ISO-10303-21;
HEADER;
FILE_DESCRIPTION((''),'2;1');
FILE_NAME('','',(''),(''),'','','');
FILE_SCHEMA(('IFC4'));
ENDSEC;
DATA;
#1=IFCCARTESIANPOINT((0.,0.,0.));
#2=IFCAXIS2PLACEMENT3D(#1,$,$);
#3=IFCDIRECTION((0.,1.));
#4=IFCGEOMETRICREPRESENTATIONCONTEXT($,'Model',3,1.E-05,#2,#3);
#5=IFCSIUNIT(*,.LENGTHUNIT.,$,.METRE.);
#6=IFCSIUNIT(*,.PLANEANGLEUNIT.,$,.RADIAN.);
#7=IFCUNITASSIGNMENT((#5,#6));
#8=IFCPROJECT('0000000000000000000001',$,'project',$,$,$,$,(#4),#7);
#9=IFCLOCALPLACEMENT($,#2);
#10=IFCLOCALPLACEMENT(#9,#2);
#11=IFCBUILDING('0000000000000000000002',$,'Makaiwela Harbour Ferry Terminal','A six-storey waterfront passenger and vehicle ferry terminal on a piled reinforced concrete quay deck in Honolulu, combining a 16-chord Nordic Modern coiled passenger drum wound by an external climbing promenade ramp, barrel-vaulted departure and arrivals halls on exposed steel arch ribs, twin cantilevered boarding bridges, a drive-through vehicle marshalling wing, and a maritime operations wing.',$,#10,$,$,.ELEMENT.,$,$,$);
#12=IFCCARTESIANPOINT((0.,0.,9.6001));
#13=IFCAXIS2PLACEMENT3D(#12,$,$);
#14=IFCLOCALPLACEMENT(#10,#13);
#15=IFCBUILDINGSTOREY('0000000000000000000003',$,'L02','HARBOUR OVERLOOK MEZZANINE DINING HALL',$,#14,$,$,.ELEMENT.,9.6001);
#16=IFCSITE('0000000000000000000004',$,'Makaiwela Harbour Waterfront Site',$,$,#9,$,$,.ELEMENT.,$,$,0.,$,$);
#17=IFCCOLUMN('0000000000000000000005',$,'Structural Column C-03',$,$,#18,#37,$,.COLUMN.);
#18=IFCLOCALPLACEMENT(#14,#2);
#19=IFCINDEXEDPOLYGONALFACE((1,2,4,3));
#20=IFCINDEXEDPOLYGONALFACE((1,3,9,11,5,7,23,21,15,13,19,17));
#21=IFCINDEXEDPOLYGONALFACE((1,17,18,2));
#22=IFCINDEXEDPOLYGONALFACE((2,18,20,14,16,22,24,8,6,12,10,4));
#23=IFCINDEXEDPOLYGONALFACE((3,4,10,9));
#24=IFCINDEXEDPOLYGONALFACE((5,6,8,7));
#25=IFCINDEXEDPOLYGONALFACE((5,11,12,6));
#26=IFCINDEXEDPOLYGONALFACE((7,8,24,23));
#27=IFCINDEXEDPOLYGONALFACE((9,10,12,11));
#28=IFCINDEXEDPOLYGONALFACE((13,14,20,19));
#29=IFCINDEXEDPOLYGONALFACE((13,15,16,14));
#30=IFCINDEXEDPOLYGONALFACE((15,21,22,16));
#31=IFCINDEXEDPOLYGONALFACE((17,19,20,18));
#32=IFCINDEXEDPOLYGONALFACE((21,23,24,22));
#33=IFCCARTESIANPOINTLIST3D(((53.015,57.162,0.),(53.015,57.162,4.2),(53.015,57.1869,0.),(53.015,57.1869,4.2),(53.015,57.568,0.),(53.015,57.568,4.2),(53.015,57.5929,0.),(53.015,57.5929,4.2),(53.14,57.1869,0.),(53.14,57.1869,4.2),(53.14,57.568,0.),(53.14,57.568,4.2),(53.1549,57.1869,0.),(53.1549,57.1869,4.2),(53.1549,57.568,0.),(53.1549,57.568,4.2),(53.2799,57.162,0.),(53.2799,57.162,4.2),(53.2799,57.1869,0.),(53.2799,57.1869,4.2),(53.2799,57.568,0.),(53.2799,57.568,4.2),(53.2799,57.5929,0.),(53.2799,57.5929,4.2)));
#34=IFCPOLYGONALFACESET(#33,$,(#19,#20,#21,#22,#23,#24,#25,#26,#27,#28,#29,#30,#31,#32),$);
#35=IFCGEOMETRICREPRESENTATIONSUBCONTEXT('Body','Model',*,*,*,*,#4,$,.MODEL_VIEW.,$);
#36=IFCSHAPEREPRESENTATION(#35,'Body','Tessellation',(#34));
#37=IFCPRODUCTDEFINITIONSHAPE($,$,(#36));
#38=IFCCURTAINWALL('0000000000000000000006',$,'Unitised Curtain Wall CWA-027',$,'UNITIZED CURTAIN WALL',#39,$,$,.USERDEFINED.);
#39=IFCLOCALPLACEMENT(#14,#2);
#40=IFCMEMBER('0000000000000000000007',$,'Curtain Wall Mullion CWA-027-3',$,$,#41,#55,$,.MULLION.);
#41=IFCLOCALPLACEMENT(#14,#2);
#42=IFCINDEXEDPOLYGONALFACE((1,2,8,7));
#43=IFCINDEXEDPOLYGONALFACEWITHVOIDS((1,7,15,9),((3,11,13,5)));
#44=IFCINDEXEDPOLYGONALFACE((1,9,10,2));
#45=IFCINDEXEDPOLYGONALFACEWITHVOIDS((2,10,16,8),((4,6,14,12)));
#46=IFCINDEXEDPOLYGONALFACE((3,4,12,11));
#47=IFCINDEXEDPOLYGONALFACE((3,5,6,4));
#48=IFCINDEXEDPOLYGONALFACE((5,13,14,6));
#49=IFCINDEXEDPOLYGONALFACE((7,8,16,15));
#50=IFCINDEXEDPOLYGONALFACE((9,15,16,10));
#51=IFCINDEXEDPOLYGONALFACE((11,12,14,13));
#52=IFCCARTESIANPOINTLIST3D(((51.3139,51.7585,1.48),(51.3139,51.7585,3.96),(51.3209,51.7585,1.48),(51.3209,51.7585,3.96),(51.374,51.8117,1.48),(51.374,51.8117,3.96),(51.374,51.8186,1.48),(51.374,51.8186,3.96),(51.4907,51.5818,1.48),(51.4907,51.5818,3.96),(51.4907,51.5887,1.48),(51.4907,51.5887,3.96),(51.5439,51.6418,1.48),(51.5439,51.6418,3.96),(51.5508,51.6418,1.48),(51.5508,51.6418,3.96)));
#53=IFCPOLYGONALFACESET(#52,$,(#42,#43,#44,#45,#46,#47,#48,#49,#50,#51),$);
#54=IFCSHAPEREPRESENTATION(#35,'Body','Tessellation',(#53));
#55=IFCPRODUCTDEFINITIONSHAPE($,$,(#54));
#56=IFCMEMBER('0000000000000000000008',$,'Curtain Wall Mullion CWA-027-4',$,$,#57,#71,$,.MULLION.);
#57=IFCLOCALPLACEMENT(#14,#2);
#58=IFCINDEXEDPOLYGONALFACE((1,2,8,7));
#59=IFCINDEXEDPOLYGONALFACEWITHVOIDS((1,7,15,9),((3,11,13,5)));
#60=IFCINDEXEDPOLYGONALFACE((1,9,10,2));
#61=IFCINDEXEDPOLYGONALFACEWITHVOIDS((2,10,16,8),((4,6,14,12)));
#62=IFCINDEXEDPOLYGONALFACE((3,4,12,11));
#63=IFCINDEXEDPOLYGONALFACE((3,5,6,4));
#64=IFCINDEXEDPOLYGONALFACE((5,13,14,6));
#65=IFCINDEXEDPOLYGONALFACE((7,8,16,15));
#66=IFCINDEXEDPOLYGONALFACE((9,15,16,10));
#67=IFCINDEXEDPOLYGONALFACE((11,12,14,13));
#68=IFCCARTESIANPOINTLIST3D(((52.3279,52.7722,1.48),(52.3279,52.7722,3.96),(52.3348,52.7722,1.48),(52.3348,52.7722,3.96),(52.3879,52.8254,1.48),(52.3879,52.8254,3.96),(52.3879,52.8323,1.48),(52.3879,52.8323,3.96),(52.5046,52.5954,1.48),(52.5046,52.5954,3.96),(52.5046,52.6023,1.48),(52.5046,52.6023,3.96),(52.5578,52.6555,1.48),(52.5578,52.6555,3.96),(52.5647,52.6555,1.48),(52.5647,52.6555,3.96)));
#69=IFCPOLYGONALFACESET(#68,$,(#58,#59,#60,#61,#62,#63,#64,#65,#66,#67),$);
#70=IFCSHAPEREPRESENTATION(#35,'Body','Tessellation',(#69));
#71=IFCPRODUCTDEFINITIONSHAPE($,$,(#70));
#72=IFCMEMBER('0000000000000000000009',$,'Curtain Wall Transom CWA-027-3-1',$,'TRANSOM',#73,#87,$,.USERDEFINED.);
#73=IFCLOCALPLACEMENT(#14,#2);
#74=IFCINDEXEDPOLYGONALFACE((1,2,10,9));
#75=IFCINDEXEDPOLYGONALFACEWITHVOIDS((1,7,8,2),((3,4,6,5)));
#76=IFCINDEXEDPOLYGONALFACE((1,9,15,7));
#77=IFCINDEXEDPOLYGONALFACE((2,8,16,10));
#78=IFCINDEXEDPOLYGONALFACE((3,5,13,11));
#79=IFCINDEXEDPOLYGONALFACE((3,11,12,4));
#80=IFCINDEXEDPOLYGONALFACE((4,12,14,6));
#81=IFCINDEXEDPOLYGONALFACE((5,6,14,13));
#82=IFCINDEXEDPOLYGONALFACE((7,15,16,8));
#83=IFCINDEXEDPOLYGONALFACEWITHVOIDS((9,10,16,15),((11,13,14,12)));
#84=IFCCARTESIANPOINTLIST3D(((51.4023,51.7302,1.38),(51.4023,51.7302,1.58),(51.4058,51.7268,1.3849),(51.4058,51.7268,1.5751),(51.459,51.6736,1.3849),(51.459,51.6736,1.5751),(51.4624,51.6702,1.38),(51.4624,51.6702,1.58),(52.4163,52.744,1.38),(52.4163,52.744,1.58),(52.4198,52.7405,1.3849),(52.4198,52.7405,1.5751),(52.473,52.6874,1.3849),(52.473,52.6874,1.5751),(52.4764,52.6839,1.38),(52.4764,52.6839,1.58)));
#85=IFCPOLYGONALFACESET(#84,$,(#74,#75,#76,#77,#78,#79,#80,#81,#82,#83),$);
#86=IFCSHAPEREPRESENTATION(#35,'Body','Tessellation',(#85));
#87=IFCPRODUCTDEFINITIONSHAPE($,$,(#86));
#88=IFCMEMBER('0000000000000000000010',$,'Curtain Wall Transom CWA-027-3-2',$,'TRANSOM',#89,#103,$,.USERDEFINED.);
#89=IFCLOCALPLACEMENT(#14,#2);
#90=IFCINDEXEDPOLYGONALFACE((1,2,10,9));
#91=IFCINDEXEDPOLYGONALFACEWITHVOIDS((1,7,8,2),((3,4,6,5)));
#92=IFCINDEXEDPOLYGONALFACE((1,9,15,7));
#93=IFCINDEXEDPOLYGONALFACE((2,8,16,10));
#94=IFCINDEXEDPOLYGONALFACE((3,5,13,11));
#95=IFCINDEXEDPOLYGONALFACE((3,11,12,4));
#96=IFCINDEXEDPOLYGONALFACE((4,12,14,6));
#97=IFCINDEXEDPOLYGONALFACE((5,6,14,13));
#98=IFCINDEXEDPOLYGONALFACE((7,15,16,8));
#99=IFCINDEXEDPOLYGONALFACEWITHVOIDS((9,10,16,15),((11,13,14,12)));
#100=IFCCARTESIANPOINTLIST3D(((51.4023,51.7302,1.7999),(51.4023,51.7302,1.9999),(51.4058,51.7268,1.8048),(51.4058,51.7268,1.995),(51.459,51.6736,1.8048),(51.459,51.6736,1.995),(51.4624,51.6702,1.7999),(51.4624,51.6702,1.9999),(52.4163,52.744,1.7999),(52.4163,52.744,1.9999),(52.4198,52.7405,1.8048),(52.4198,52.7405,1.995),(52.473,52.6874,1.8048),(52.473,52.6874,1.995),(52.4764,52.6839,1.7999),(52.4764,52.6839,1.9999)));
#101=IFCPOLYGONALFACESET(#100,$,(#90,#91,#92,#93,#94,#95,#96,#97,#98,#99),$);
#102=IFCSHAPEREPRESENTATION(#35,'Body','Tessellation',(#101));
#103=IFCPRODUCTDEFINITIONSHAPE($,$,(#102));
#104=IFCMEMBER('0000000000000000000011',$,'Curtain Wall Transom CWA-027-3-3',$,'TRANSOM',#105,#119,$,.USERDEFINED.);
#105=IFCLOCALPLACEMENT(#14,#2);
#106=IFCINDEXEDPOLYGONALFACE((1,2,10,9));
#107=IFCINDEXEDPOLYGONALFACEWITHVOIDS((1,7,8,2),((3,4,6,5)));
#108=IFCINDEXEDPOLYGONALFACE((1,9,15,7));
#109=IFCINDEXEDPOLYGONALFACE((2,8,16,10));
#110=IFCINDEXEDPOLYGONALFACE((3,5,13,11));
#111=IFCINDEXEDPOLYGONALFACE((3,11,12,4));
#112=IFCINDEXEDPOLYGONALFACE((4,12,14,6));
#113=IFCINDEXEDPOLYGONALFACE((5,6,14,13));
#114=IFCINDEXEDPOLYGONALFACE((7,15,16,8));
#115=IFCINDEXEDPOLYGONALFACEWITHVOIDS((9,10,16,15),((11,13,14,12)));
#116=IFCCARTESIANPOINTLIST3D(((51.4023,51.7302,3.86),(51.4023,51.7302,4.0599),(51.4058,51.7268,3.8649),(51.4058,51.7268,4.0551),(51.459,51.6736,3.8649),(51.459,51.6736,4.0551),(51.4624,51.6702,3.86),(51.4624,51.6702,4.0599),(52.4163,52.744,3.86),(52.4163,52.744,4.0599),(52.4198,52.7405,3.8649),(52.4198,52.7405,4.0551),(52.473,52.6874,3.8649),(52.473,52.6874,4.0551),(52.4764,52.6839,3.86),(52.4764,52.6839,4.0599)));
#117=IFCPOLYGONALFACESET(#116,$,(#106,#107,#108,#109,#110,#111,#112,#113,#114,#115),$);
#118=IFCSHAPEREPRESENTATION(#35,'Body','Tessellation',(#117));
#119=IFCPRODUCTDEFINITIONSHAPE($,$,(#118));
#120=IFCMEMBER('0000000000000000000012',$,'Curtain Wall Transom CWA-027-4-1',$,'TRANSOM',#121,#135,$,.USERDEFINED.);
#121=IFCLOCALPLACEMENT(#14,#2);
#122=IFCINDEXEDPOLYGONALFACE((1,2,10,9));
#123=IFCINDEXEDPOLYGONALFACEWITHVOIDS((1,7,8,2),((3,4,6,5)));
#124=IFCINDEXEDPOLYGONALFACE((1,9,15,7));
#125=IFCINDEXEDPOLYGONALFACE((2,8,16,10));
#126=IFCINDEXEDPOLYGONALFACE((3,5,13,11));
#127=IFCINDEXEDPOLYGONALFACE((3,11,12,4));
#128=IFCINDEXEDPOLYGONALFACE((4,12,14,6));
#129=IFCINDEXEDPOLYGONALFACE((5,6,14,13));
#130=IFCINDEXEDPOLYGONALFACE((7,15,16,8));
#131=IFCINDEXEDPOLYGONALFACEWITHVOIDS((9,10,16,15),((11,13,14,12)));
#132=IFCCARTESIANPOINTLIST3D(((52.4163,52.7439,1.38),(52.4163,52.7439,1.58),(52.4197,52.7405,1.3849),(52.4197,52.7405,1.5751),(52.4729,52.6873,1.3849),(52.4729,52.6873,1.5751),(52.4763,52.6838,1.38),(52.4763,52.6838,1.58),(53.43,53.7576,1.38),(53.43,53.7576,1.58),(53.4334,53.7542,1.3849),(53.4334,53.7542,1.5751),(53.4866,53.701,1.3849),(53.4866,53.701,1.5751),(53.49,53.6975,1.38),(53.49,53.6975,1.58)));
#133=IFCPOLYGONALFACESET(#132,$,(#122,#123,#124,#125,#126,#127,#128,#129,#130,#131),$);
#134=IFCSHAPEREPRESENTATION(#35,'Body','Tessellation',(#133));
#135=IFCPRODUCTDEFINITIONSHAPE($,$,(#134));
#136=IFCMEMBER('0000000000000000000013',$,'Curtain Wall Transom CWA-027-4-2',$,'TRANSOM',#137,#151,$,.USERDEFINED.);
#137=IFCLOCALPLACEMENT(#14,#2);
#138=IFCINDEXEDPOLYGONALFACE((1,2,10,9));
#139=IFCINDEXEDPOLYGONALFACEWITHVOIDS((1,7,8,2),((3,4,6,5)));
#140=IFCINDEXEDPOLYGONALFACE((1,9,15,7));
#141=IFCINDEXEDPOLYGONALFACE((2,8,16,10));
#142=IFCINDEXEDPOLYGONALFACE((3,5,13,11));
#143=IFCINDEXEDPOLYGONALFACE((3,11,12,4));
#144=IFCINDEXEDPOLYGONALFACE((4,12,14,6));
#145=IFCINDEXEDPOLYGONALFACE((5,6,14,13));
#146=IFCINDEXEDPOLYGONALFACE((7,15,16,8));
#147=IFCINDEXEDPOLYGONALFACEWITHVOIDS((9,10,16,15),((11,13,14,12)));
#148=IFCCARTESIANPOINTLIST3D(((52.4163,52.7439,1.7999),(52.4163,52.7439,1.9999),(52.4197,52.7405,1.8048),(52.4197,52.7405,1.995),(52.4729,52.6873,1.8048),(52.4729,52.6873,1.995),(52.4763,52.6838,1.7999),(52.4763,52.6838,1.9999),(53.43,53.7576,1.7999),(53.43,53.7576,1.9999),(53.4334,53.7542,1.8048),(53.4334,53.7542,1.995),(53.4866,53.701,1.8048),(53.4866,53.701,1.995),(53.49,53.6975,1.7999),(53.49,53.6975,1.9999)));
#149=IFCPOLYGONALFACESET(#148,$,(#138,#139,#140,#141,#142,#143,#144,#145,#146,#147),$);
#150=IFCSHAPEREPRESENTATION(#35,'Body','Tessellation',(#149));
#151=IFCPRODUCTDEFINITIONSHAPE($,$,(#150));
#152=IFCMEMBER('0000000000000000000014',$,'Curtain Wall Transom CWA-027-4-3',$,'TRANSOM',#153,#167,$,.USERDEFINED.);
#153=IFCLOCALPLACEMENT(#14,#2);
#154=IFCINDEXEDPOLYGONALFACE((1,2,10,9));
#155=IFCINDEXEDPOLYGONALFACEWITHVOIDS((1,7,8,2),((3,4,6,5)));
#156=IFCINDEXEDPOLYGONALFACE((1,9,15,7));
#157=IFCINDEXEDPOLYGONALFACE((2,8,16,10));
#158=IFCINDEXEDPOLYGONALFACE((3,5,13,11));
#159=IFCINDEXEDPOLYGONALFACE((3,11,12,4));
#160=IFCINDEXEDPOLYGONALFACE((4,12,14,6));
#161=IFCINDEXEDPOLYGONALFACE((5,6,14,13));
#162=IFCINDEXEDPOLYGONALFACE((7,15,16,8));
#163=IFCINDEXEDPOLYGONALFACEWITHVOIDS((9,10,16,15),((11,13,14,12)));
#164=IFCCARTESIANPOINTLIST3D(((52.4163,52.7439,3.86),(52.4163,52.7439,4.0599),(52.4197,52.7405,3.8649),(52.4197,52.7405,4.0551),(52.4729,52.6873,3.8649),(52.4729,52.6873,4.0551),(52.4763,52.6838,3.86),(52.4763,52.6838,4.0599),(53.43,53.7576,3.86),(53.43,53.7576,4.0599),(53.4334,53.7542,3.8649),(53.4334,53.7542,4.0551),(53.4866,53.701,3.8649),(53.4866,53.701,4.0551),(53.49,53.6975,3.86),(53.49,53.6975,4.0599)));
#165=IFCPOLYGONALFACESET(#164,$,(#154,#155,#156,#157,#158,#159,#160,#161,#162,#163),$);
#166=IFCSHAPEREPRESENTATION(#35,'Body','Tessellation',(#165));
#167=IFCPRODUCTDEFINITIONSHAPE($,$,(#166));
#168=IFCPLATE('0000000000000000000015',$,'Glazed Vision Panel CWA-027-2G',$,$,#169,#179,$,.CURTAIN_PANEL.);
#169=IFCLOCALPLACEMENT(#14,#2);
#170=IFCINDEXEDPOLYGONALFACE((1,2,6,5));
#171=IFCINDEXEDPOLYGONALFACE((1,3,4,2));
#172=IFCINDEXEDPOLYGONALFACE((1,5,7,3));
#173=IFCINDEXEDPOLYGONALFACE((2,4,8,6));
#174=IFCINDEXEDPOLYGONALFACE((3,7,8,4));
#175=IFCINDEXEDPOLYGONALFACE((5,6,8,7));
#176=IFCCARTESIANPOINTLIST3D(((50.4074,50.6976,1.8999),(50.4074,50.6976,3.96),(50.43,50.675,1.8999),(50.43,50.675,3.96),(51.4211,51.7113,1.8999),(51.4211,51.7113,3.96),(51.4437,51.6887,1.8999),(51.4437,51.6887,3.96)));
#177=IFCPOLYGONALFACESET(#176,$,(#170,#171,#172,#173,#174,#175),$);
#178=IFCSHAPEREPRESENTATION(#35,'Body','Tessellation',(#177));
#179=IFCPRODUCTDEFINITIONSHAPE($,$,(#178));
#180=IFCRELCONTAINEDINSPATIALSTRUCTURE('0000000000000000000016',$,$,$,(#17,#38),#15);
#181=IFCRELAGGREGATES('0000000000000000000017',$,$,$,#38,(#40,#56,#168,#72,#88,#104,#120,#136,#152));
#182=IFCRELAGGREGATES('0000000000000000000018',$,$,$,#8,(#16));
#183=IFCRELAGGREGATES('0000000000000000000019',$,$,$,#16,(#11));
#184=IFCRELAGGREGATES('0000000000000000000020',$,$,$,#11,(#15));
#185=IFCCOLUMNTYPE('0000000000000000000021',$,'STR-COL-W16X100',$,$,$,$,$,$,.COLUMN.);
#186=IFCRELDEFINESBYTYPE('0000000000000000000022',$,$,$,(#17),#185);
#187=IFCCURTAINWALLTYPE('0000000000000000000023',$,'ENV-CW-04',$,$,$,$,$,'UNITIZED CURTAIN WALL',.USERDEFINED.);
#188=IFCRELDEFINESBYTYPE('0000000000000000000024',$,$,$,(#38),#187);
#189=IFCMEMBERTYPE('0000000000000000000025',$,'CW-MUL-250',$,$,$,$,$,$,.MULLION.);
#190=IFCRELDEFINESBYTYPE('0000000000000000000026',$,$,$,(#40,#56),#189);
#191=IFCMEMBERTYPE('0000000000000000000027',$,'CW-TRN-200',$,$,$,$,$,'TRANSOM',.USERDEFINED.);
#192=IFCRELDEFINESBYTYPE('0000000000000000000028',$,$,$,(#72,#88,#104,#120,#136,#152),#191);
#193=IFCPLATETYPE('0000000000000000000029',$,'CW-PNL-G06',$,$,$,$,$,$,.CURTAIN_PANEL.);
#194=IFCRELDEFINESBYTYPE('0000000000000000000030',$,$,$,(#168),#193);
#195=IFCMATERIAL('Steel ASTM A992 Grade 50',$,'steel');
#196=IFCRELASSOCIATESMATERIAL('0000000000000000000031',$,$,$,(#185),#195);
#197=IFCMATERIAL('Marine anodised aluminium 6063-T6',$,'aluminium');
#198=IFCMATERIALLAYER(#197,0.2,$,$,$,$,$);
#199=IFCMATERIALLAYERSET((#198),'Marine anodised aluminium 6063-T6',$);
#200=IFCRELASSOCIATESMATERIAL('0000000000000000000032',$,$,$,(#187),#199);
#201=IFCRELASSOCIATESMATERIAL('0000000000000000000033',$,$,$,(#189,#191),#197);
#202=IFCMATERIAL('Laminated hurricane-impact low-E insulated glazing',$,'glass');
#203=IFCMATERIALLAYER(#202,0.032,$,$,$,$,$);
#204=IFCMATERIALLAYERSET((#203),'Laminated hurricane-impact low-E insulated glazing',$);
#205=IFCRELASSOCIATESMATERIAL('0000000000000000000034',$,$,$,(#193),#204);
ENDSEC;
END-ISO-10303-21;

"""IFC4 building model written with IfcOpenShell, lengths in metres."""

from ifc_helpers import new_model, si_unit, direction, frame, origin, origin_2d, place, context, subcontext, project, spatial, rectangle, hollow_rectangle, i_section, extrude, material, layer, layer_set, material_profile, profile_set, type_object, element, aggregate, save


model = new_model("IFC4")

# Units and contexts
model_context = context("Model", 3, precision=1e-05, world=origin(), true_north=direction((0.0, 1.0)))
body_context = subcontext(model_context, "Body", "Model", "MODEL_VIEW")
ifc_project = project(units=[si_unit("LENGTHUNIT", "METRE"), si_unit("PLANEANGLEUNIT", "RADIAN")], contexts=[model_context])

# Site, building, storey
site_placement = place(None, origin())
site = spatial("IfcSite", under=ifc_project, at=site_placement, Name="Makaiwela Harbour Waterfront Site", CompositionType="ELEMENT", RefElevation=0.0)
building_placement = place(site_placement, origin())
building = spatial("IfcBuilding", under=site, at=building_placement, Name="Makaiwela Harbour Ferry Terminal", Description="A six-storey waterfront passenger and vehicle ferry terminal on a piled reinforced concrete quay deck in Honolulu, combining a 16-chord Nordic Modern coiled passenger drum wound by an external climbing promenade ramp, barrel-vaulted departure and arrivals halls on exposed steel arch ribs, twin cantilevered boarding bridges, a drive-through vehicle marshalling wing, and a maritime operations wing.", CompositionType="ELEMENT")
storey_placement = place(building_placement, frame((0.0, 0.0, 9.6001)))
storey = spatial("IfcBuildingStorey", under=building, at=storey_placement, Name="L02", Description="HARBOUR OVERLOOK MEZZANINE DINING HALL", CompositionType="ELEMENT", Elevation=9.6001)

# Column
ifc_material_1 = material(Name="Steel ASTM A992 Grade 50", Category="steel")
ifc_material_profile_1 = material_profile(ifc_material_1, i_section(OverallWidth=0.2649, OverallDepth=0.4309, WebThickness=0.0149, FlangeThickness=0.0249, at=origin_2d()), Name="W16X100")
ifc_profile_set_1 = profile_set([ifc_material_profile_1], Name="Steel ASTM A992 Grade 50")
column_type = type_object("IfcColumnType", Name="STR-COL-W16X100", PredefinedType="COLUMN", material=ifc_profile_set_1)
column_placement = place(storey_placement, frame((53.1475, 57.3774, 0.0), z_axis=(0.0, 0.0, 1.0), x_axis=(1.0, 0.0, 0.0)))
element("IfcColumn", 1, at=column_placement, inside=storey, type_object=column_type, Name="Structural Column C-03", PredefinedType="COLUMN", context=body_context, shape_type="SweptSolid", body=[
    extrude(i_section(OverallWidth=0.2649, OverallDepth=0.4309, WebThickness=0.0149, FlangeThickness=0.0249, at=origin_2d()), origin(), (0.0, 0.0, 1.0), 4.2),
])

# Curtain wall, members, plate
ifc_material_2 = material(Name="Marine anodised aluminium 6063-T6", Category="aluminium")
ifc_layer_1 = layer(ifc_material_2, 0.2)
ifc_layer_set_1 = layer_set([ifc_layer_1], Name="Marine anodised aluminium 6063-T6")
curtain_wall_type = type_object("IfcCurtainWallType", Name="ENV-CW-04", ElementType="UNITIZED CURTAIN WALL", PredefinedType="USERDEFINED", material=ifc_layer_set_1)
curtain_wall_placement = place(storey_placement, origin())
curtain_wall = element("IfcCurtainWall", 2, at=curtain_wall_placement, inside=storey, type_object=curtain_wall_type, Name="Unitised Curtain Wall CWA-027", ObjectType="UNITIZED CURTAIN WALL", PredefinedType="USERDEFINED")
ifc_material_profile_2 = material_profile(ifc_material_2, hollow_rectangle(XDim=0.085, YDim=0.25, WallThickness=0.0049, at=origin_2d()), Name="CWM-250X85")
ifc_profile_set_2 = profile_set([ifc_material_profile_2], Name="Marine anodised aluminium 6063-T6")
member_type_1 = type_object("IfcMemberType", Name="CW-MUL-250", PredefinedType="MULLION", material=ifc_profile_set_2)
member_1_placement = place(storey_placement, frame((51.4324, 51.7002, 1.48), z_axis=(0.0, 0.0, 1.0), x_axis=(0.707107, 0.707107, 0.0)))
member_1 = element("IfcMember", 3, at=member_1_placement, type_object=member_type_1, Name="Curtain Wall Mullion CWA-027-3", PredefinedType="MULLION", context=body_context, shape_type="SweptSolid", body=[
    extrude(hollow_rectangle(XDim=0.085, YDim=0.25, WallThickness=0.0049, at=origin_2d()), origin(), (0.0, 0.0, 1.0), 2.48),
])
member_2_placement = place(storey_placement, frame((52.4463, 52.7139, 1.48), z_axis=(0.0, 0.0, 1.0), x_axis=(0.707107, 0.707107, 0.0)))
member_2 = element("IfcMember", 4, at=member_2_placement, type_object=member_type_1, Name="Curtain Wall Mullion CWA-027-4", PredefinedType="MULLION", context=body_context, shape_type="SweptSolid", body=[
    extrude(hollow_rectangle(XDim=0.085, YDim=0.25, WallThickness=0.0049, at=origin_2d()), origin(), (0.0, 0.0, 1.0), 2.48),
])
ifc_material_profile_3 = material_profile(ifc_material_2, hollow_rectangle(XDim=0.085, YDim=0.2, WallThickness=0.0049, at=origin_2d()), Name="CWT-200X85")
ifc_profile_set_3 = profile_set([ifc_material_profile_3], Name="Marine anodised aluminium 6063-T6")
member_type_2 = type_object("IfcMemberType", Name="CW-TRN-200", ElementType="TRANSOM", PredefinedType="USERDEFINED", material=ifc_profile_set_3)
member_3_placement = place(storey_placement, frame((51.4324, 51.7002, 1.48), z_axis=(0.707192, 0.707022, 0.0), x_axis=(-0.707022, 0.707192, 0.0)))
member_3 = element("IfcMember", 5, at=member_3_placement, type_object=member_type_2, Name="Curtain Wall Transom CWA-027-3-1", ObjectType="TRANSOM", PredefinedType="USERDEFINED", context=body_context, shape_type="SweptSolid", body=[
    extrude(hollow_rectangle(XDim=0.085, YDim=0.2, WallThickness=0.0049, at=origin_2d()), origin(), (0.0, 0.0, 1.0), 1.4338),
])
member_4_placement = place(storey_placement, frame((51.4324, 51.7002, 1.8999), z_axis=(0.707192, 0.707022, 0.0), x_axis=(-0.707022, 0.707192, 0.0)))
member_4 = element("IfcMember", 6, at=member_4_placement, type_object=member_type_2, Name="Curtain Wall Transom CWA-027-3-2", ObjectType="TRANSOM", PredefinedType="USERDEFINED", context=body_context, shape_type="SweptSolid", body=[
    extrude(hollow_rectangle(XDim=0.085, YDim=0.2, WallThickness=0.0049, at=origin_2d()), origin(), (0.0, 0.0, 1.0), 1.4338),
])
member_5_placement = place(storey_placement, frame((51.4324, 51.7002, 3.96), z_axis=(0.707192, 0.707022, 0.0), x_axis=(-0.707022, 0.707192, 0.0)))
member_5 = element("IfcMember", 7, at=member_5_placement, type_object=member_type_2, Name="Curtain Wall Transom CWA-027-3-3", ObjectType="TRANSOM", PredefinedType="USERDEFINED", context=body_context, shape_type="SweptSolid", body=[
    extrude(hollow_rectangle(XDim=0.085, YDim=0.2, WallThickness=0.0049, at=origin_2d()), origin(), (0.0, 0.0, 1.0), 1.4338),
])
member_6_placement = place(storey_placement, frame((52.4463, 52.7139, 1.48), z_axis=(0.707107, 0.707107, 0.0), x_axis=(-0.707107, 0.707107, 0.0)))
member_6 = element("IfcMember", 8, at=member_6_placement, type_object=member_type_2, Name="Curtain Wall Transom CWA-027-4-1", ObjectType="TRANSOM", PredefinedType="USERDEFINED", context=body_context, shape_type="SweptSolid", body=[
    extrude(hollow_rectangle(XDim=0.085, YDim=0.2, WallThickness=0.0049, at=origin_2d()), origin(), (0.0, 0.0, 1.0), 1.4336),
])
member_7_placement = place(storey_placement, frame((52.4463, 52.7139, 1.8999), z_axis=(0.707107, 0.707107, 0.0), x_axis=(-0.707107, 0.707107, 0.0)))
member_7 = element("IfcMember", 9, at=member_7_placement, type_object=member_type_2, Name="Curtain Wall Transom CWA-027-4-2", ObjectType="TRANSOM", PredefinedType="USERDEFINED", context=body_context, shape_type="SweptSolid", body=[
    extrude(hollow_rectangle(XDim=0.085, YDim=0.2, WallThickness=0.0049, at=origin_2d()), origin(), (0.0, 0.0, 1.0), 1.4336),
])
member_8_placement = place(storey_placement, frame((52.4463, 52.7139, 3.96), z_axis=(0.707107, 0.707107, 0.0), x_axis=(-0.707107, 0.707107, 0.0)))
member_8 = element("IfcMember", 10, at=member_8_placement, type_object=member_type_2, Name="Curtain Wall Transom CWA-027-4-3", ObjectType="TRANSOM", PredefinedType="USERDEFINED", context=body_context, shape_type="SweptSolid", body=[
    extrude(hollow_rectangle(XDim=0.085, YDim=0.2, WallThickness=0.0049, at=origin_2d()), origin(), (0.0, 0.0, 1.0), 1.4336),
])
ifc_material_3 = material(Name="Laminated hurricane-impact low-E insulated glazing", Category="glass")
ifc_layer_2 = layer(ifc_material_3, 0.032)
ifc_layer_set_2 = layer_set([ifc_layer_2], Name="Laminated hurricane-impact low-E insulated glazing")
plate_type_1 = type_object("IfcPlateType", Name="CW-PNL-G06", PredefinedType="CURTAIN_PANEL", material=ifc_layer_set_2)
plate_1_placement = place(storey_placement, frame((50.9255, 51.1931, 1.8999), z_axis=(0.0, 0.0, 1.0), x_axis=(0.707107, 0.707107, 0.0)))
plate_1 = element("IfcPlate", 11, at=plate_1_placement, type_object=plate_type_1, Name="Glazed Vision Panel CWA-027-2G", PredefinedType="CURTAIN_PANEL", context=body_context, shape_type="SweptSolid", body=[
    extrude(rectangle(XDim=1.4336, YDim=0.032, at=origin_2d()), origin(), (0.0, 0.0, 1.0), 2.0601),
])
aggregate(curtain_wall, [member_1, member_2, plate_1, member_3, member_4, member_5, member_6, member_7, member_8])

save(model, "model.ifc")
